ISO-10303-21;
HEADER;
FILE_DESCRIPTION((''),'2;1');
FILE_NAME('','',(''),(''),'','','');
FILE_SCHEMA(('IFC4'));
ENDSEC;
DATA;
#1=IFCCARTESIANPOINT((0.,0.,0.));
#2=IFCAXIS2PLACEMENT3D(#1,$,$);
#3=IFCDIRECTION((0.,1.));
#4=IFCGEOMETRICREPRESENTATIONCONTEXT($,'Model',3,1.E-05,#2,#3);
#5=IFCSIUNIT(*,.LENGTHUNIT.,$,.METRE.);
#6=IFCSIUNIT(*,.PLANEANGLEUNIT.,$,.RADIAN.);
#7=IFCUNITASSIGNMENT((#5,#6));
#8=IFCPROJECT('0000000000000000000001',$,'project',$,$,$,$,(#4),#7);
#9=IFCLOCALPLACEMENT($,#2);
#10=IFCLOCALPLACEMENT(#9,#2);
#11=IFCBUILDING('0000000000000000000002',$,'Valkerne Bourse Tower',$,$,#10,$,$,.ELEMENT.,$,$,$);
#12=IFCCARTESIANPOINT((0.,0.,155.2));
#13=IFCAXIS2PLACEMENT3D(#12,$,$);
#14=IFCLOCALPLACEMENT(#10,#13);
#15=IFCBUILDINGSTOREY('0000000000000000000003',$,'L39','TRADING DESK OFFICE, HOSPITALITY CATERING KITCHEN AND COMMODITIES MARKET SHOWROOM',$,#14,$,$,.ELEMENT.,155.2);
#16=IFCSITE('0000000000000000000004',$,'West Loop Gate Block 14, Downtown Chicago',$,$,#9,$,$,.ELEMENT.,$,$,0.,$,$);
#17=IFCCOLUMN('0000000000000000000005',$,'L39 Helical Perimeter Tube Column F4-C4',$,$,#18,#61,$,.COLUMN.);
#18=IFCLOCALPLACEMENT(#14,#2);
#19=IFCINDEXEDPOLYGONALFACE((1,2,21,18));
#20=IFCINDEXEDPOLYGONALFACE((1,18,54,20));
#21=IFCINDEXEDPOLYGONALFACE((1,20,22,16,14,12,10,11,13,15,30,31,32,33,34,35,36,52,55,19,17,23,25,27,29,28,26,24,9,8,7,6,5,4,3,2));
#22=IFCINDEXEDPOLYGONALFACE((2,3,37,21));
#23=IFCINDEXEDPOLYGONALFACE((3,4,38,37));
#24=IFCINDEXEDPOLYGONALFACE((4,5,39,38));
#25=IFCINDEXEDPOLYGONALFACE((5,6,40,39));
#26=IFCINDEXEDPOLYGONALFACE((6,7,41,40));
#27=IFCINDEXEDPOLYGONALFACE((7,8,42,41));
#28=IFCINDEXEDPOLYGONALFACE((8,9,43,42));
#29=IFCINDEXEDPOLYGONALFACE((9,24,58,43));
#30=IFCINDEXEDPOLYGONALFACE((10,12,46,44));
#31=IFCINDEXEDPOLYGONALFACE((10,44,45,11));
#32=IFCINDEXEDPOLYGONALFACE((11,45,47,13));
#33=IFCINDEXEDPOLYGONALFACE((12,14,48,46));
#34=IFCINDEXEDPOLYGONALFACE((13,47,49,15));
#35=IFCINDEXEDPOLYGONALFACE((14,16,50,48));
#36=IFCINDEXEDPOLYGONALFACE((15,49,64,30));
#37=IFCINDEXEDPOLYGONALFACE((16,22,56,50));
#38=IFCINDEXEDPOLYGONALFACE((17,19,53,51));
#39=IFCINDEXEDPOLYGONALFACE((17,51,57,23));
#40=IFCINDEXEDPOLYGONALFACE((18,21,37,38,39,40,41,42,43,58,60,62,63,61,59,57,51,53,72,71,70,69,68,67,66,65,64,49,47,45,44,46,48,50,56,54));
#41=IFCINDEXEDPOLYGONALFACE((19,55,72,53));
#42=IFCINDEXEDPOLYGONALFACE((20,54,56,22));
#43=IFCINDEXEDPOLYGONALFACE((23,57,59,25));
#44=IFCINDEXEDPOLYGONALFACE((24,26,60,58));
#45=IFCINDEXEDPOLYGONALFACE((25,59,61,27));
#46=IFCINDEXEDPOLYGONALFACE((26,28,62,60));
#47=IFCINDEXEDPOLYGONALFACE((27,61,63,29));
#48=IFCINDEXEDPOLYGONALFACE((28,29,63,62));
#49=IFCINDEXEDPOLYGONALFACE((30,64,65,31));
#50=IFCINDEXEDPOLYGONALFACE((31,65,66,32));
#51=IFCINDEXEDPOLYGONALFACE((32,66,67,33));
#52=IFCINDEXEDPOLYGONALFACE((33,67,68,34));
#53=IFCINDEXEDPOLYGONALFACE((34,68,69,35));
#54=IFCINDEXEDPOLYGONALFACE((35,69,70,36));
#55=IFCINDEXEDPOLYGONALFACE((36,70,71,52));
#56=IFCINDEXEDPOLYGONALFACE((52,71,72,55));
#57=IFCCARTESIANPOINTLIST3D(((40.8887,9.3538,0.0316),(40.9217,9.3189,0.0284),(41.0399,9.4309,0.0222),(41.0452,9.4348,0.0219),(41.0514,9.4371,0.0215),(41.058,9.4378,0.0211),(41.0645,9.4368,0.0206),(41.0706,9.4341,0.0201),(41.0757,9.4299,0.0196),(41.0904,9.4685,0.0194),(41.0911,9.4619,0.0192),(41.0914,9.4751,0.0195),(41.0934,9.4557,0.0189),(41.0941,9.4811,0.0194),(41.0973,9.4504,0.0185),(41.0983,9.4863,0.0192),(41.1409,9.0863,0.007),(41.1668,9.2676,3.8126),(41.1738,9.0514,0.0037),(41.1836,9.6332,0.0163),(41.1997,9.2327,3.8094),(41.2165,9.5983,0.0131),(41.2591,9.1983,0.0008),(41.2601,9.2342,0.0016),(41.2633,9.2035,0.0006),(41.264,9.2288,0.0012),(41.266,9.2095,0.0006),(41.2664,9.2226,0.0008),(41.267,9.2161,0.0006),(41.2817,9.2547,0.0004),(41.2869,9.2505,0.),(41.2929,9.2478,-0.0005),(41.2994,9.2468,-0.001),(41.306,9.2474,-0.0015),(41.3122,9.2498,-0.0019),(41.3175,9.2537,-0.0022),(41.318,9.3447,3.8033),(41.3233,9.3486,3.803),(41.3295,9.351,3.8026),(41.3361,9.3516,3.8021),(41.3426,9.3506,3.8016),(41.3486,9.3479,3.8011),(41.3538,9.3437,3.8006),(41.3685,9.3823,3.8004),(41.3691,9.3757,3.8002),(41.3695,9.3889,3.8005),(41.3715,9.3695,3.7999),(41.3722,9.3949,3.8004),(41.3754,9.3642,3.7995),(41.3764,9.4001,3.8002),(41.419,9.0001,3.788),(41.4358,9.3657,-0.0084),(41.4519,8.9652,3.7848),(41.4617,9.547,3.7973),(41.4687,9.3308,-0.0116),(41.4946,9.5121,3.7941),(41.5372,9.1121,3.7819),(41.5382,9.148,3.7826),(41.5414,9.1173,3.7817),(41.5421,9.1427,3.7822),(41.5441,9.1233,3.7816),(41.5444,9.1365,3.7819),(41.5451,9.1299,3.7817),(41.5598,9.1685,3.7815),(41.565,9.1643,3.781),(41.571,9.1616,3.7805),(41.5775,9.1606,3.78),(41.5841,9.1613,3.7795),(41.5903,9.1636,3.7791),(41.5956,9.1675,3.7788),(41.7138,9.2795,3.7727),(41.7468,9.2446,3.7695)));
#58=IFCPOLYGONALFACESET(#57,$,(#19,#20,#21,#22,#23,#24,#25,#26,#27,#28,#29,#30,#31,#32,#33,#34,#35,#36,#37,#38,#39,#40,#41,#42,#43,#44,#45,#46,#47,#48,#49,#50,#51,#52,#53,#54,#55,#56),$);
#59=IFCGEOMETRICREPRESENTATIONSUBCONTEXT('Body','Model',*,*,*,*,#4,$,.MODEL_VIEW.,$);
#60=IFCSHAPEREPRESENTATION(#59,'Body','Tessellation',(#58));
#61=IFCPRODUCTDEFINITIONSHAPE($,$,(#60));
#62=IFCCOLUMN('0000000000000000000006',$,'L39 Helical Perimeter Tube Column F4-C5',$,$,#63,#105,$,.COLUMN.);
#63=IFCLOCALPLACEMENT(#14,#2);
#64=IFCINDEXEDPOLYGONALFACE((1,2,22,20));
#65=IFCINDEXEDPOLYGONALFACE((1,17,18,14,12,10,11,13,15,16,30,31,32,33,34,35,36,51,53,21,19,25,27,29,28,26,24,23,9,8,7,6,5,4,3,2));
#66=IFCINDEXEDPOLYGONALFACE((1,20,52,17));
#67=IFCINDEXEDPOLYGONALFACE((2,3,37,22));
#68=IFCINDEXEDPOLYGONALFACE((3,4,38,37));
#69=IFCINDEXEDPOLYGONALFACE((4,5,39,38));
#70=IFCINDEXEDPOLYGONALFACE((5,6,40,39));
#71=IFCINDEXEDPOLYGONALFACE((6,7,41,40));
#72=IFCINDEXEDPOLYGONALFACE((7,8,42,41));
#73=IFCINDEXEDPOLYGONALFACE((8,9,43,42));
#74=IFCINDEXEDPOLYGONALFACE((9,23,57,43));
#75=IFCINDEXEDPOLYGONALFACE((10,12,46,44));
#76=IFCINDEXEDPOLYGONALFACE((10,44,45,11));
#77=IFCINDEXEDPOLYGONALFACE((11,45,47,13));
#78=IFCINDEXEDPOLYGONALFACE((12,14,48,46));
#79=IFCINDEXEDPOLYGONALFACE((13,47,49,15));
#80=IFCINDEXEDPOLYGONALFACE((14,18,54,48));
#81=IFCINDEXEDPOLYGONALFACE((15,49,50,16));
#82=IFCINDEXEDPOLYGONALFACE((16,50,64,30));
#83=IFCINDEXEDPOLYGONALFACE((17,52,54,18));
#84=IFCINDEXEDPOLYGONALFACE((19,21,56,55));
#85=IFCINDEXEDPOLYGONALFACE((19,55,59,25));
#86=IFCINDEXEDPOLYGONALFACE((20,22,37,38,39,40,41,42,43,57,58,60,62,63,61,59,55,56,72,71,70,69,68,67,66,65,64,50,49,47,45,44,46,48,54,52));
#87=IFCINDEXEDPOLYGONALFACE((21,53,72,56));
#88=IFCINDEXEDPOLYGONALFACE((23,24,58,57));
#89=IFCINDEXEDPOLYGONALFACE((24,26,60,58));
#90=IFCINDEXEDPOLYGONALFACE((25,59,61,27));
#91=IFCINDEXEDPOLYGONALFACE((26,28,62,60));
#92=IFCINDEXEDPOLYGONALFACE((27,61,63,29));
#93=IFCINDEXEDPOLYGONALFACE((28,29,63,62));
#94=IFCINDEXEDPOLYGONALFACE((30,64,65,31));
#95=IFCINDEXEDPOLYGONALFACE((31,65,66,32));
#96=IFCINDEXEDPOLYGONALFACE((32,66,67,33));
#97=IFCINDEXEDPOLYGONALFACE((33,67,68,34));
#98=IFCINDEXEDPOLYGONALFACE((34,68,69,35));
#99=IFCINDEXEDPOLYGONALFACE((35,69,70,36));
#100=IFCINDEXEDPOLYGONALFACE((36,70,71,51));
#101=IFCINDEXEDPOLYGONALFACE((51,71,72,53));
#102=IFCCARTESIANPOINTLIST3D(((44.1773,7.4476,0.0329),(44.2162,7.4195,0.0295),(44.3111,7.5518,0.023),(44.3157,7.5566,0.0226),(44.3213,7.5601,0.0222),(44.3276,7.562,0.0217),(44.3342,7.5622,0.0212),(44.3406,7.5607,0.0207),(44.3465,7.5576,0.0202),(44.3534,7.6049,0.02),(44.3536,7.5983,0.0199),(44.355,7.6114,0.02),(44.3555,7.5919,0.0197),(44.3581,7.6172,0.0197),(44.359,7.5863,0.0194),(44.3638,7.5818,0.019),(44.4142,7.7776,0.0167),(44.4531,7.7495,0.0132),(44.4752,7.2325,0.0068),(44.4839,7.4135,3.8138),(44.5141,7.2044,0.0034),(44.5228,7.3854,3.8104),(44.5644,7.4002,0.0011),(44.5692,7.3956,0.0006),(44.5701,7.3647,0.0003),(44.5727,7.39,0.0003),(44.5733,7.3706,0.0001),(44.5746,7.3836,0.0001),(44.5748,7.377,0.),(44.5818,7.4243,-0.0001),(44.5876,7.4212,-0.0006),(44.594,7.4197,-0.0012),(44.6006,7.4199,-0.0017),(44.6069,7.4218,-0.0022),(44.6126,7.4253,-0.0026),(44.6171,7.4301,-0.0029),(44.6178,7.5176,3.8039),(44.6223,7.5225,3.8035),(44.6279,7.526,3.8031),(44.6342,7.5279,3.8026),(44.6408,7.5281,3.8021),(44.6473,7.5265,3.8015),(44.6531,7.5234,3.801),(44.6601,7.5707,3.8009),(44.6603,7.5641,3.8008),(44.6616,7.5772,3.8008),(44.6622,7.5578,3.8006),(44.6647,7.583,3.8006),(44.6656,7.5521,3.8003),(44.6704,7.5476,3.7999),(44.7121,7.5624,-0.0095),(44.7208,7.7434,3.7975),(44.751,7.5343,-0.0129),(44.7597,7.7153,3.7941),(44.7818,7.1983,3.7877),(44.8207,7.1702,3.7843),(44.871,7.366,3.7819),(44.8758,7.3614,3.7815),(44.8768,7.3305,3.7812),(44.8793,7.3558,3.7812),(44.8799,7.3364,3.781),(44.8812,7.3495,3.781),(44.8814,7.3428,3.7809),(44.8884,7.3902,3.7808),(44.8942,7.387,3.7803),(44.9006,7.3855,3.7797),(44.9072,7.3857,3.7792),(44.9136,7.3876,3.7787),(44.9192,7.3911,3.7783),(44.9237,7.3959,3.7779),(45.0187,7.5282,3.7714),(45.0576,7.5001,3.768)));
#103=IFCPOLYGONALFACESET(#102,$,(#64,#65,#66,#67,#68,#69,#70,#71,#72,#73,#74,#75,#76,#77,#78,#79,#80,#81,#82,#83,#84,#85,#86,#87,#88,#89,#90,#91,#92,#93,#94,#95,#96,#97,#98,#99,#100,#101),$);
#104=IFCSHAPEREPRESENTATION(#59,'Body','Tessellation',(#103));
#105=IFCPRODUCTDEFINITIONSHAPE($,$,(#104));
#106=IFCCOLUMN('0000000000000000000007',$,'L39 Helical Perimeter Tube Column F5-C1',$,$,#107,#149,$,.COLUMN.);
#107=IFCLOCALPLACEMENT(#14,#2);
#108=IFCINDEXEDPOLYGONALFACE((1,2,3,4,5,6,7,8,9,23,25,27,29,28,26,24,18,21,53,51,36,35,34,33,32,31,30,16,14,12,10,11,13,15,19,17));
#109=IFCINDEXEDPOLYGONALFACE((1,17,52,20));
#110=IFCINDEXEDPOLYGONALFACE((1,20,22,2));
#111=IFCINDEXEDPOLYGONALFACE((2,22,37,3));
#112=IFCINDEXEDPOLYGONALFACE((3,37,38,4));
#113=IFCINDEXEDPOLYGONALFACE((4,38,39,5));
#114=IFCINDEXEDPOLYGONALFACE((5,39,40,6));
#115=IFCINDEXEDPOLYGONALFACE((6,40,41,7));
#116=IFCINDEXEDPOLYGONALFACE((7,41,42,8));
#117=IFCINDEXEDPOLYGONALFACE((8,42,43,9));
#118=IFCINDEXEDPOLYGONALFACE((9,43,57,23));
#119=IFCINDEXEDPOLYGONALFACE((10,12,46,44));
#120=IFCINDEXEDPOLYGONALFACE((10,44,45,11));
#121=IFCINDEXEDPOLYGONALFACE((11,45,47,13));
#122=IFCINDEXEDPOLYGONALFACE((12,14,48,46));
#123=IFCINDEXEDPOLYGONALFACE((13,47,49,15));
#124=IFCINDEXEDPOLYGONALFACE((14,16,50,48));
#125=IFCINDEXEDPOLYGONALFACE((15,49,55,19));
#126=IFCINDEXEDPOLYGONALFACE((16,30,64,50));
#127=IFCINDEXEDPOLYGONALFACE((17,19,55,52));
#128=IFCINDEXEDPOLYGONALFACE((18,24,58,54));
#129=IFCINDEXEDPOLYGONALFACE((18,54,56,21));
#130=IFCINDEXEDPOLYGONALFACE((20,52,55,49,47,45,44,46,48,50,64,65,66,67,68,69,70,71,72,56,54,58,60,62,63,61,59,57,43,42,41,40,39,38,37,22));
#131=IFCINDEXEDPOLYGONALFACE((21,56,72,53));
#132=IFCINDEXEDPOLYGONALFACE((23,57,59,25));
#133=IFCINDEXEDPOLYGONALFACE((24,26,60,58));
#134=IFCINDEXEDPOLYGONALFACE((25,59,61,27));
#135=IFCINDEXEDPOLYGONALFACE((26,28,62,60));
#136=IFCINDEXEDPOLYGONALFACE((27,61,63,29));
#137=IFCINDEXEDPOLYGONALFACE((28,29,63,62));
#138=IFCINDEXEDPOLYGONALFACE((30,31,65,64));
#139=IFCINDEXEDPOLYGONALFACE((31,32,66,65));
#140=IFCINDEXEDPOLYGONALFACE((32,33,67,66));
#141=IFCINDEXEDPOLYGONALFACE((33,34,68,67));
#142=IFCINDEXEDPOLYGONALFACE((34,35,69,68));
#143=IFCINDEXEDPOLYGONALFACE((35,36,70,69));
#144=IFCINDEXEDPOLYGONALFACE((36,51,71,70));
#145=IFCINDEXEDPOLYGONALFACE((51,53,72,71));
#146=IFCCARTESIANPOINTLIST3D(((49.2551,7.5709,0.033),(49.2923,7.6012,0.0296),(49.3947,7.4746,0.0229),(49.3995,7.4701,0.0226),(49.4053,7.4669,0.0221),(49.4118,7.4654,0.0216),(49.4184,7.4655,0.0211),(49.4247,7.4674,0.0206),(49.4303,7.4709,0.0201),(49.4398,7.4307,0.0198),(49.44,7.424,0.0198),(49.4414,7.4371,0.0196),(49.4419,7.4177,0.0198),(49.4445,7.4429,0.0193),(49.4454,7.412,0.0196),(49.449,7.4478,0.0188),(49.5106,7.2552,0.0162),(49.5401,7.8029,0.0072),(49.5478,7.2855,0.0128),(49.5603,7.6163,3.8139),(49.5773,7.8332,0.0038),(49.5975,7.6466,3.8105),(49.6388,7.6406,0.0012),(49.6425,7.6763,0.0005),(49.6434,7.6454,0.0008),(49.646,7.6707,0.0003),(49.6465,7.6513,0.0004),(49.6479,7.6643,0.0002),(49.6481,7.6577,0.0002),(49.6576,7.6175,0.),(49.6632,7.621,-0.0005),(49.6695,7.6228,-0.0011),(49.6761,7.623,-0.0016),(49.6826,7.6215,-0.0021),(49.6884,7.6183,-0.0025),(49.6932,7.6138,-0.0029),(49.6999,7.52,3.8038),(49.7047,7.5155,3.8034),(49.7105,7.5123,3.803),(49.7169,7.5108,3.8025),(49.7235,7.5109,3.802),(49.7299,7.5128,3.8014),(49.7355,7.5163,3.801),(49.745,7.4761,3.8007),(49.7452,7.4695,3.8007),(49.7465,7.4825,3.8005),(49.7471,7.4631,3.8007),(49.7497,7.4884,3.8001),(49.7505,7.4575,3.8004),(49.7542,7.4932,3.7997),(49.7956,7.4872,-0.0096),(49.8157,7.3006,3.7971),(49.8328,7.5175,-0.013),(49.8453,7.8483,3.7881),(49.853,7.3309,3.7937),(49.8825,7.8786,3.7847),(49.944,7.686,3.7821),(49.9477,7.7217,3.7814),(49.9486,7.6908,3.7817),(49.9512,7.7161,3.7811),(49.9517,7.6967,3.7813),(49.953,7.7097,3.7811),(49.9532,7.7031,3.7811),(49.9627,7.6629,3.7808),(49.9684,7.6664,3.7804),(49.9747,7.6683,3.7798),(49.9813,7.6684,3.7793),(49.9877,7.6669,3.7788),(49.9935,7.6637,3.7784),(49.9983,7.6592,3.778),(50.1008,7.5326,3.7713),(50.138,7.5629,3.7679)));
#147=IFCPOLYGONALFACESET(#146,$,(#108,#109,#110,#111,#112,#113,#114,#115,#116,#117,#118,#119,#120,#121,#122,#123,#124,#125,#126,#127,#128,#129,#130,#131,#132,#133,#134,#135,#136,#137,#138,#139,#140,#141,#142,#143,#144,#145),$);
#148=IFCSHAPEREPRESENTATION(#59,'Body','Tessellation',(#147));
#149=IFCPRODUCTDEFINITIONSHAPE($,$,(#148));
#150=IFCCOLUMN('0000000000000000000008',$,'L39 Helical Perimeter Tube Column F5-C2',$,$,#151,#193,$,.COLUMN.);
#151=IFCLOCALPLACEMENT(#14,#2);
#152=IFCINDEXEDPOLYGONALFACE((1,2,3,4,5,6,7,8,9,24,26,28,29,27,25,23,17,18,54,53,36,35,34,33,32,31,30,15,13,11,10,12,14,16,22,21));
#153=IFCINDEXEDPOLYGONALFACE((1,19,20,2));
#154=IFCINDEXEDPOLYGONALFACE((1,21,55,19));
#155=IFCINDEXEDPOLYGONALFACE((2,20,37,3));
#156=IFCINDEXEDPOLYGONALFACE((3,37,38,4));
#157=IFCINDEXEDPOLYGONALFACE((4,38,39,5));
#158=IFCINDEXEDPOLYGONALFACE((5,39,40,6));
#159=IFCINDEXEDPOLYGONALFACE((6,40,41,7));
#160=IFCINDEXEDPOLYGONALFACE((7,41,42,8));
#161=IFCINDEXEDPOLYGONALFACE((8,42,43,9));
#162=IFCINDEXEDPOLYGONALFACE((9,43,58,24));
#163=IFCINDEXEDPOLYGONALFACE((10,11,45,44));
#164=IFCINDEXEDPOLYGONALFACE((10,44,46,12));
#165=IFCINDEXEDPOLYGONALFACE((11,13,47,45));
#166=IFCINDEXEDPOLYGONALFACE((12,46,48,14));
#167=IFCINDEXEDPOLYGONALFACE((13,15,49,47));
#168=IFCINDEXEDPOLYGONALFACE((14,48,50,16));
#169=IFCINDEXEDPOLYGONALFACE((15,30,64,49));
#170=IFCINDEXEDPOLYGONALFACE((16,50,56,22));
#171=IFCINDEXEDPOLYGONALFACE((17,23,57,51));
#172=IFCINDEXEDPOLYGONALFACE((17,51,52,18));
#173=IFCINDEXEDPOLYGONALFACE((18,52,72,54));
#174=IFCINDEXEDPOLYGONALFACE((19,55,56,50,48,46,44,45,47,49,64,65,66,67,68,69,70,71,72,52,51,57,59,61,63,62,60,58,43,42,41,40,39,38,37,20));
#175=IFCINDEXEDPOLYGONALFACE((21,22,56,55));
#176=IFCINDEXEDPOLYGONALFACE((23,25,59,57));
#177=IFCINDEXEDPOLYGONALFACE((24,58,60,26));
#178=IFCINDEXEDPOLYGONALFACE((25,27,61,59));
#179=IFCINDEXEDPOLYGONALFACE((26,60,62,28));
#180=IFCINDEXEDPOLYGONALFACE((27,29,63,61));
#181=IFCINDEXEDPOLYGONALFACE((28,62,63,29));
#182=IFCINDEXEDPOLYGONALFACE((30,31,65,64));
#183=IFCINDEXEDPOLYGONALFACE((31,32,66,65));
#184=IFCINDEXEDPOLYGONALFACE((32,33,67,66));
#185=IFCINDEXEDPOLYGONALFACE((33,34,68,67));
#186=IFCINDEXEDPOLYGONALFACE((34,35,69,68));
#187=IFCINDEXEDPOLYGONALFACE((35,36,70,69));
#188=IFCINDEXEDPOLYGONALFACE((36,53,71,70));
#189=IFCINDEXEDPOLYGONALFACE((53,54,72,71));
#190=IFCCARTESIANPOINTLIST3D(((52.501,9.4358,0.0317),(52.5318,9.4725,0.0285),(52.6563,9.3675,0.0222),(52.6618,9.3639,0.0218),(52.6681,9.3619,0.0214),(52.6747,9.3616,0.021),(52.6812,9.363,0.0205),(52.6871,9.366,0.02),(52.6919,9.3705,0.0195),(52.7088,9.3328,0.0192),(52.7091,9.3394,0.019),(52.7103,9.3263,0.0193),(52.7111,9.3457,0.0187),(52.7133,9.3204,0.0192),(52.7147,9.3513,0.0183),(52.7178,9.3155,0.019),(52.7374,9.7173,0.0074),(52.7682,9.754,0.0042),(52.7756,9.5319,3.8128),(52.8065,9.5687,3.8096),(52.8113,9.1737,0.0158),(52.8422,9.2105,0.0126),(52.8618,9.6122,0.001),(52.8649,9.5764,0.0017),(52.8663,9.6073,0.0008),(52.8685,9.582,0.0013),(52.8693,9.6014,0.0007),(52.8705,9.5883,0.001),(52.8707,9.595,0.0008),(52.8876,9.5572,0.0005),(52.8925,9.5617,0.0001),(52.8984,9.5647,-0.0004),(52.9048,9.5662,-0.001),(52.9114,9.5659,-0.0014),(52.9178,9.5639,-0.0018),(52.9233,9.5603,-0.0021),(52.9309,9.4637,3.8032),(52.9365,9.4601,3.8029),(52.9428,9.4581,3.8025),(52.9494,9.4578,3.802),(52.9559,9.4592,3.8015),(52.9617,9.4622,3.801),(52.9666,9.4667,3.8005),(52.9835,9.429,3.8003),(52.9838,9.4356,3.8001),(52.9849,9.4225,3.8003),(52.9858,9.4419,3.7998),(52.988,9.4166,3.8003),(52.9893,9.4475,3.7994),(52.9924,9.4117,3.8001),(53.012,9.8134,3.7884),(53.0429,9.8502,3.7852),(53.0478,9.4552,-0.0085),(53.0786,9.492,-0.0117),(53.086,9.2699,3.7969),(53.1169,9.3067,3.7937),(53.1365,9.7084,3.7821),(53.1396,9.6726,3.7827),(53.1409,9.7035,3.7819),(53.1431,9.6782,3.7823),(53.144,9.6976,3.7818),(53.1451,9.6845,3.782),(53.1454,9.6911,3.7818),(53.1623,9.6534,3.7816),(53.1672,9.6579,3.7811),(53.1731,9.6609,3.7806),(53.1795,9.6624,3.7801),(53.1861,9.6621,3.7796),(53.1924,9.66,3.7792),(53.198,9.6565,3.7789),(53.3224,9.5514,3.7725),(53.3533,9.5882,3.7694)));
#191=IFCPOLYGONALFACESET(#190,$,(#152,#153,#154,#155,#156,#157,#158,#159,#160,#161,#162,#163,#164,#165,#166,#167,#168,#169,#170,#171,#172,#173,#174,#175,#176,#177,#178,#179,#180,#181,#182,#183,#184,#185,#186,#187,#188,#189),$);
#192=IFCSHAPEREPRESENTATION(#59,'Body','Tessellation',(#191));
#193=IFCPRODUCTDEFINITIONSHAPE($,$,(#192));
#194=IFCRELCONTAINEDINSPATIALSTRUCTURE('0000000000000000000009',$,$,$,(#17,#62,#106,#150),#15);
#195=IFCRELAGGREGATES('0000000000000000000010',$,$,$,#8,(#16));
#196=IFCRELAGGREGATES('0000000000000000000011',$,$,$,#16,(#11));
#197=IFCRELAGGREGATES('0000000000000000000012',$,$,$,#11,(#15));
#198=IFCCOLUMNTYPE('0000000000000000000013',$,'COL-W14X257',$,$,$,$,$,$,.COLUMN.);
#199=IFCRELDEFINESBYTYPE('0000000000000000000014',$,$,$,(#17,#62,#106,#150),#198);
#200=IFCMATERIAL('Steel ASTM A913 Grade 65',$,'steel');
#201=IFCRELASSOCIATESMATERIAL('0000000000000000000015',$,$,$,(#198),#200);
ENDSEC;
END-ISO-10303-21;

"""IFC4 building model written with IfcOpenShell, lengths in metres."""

from ifc_helpers import new_model, si_unit, direction, frame, origin, origin_2d, place, context, subcontext, project, spatial, i_section, extrude, material, material_profile, profile_set, type_object, element, save


model = new_model("IFC4")

# Units and contexts
model_context = context("Model", 3, precision=1e-05, world=origin(), true_north=direction((0.0, 1.0)))
body_context = subcontext(model_context, "Body", "Model", "MODEL_VIEW")
ifc_project = project(units=[si_unit("LENGTHUNIT", "METRE"), si_unit("PLANEANGLEUNIT", "RADIAN")], contexts=[model_context])

# Site, building, storey
site_placement = place(None, origin())
site = spatial("IfcSite", under=ifc_project, at=site_placement, Name="West Loop Gate Block 14, Downtown Chicago", CompositionType="ELEMENT", RefElevation=0.0)
building_placement = place(site_placement, origin())
building = spatial("IfcBuilding", under=site, at=building_placement, Name="Valkerne Bourse Tower", CompositionType="ELEMENT")
storey_placement = place(building_placement, frame((0.0, 0.0, 155.2)))
storey = spatial("IfcBuildingStorey", under=building, at=storey_placement, Name="L39", Description="TRADING DESK OFFICE, HOSPITALITY CATERING KITCHEN AND COMMODITIES MARKET SHOWROOM", CompositionType="ELEMENT", Elevation=155.2)

# Columns
ifc_material_1 = material(Name="Steel ASTM A913 Grade 65", Category="steel")
ifc_material_profile_1 = material_profile(ifc_material_1, i_section(OverallWidth=0.4065, OverallDepth=0.4165, WebThickness=0.0298, FlangeThickness=0.0481, FilletRadius=0.0254, at=origin_2d()), Name="W14X257")
ifc_profile_set_1 = profile_set([ifc_material_profile_1], Name="Steel ASTM A913 Grade 65")
column_type = type_object("IfcColumnType", Name="COL-W14X257", PredefinedType="COLUMN", material=ifc_profile_set_1)
column_1_placement = place(storey_placement, frame((41.1787, 9.3423, 0.01), z_axis=(0.073329, -0.022726, 0.997049), x_axis=(0.725422, 0.687272, -0.037686)))
element("IfcColumn", 1, at=column_1_placement, inside=storey, type_object=column_type, Name="L39 Helical Perimeter Tube Column F4-C4", PredefinedType="COLUMN", context=body_context, shape_type="SweptSolid", body=[
    extrude(i_section(OverallWidth=0.4065, OverallDepth=0.4165, WebThickness=0.0298, FlangeThickness=0.0481, FilletRadius=0.0254, at=origin_2d()), origin(), (0.0, 0.0, 1.0), 3.7922),
])
for number, where, z_axis, x_axis, name in (
    (2, (44.4641, 7.491, 0.01), (0.080832, -0.00901, 0.996687), (0.582778, 0.81165, -0.039926), "L39 Helical Perimeter Tube Column F4-C5"),
    (3, (49.5439, 7.5442, 0.01), (0.080445, 0.01197, 0.996687), (-0.628513, 0.776696, 0.041401), "L39 Helical Perimeter Tube Column F5-C1"),
):
    element("IfcColumn", number, at=place(storey_placement, frame(where, z_axis=z_axis, x_axis=x_axis)), inside=storey, type_object=column_type, Name=name, PredefinedType="COLUMN", context=body_context, shape_type="SweptSolid", body=[
        extrude(i_section(OverallWidth=0.4065, OverallDepth=0.4165, WebThickness=0.0298, FlangeThickness=0.0481, FilletRadius=0.0254, at=origin_2d()), origin(), (0.0, 0.0, 1.0), 3.7935),
    ])
column_2_placement = place(storey_placement, frame((52.7898, 9.4639, 0.01), z_axis=(0.072427, 0.025366, 0.997051), x_axis=(-0.76352, 0.644601, 0.039064)))
element("IfcColumn", 4, at=column_2_placement, inside=storey, type_object=column_type, Name="L39 Helical Perimeter Tube Column F5-C2", PredefinedType="COLUMN", context=body_context, shape_type="SweptSolid", body=[
    extrude(i_section(OverallWidth=0.4065, OverallDepth=0.4165, WebThickness=0.0298, FlangeThickness=0.0481, FilletRadius=0.0254, at=origin_2d()), origin(), (0.0, 0.0, 1.0), 3.7922),
])

save(model, "model.ifc")
